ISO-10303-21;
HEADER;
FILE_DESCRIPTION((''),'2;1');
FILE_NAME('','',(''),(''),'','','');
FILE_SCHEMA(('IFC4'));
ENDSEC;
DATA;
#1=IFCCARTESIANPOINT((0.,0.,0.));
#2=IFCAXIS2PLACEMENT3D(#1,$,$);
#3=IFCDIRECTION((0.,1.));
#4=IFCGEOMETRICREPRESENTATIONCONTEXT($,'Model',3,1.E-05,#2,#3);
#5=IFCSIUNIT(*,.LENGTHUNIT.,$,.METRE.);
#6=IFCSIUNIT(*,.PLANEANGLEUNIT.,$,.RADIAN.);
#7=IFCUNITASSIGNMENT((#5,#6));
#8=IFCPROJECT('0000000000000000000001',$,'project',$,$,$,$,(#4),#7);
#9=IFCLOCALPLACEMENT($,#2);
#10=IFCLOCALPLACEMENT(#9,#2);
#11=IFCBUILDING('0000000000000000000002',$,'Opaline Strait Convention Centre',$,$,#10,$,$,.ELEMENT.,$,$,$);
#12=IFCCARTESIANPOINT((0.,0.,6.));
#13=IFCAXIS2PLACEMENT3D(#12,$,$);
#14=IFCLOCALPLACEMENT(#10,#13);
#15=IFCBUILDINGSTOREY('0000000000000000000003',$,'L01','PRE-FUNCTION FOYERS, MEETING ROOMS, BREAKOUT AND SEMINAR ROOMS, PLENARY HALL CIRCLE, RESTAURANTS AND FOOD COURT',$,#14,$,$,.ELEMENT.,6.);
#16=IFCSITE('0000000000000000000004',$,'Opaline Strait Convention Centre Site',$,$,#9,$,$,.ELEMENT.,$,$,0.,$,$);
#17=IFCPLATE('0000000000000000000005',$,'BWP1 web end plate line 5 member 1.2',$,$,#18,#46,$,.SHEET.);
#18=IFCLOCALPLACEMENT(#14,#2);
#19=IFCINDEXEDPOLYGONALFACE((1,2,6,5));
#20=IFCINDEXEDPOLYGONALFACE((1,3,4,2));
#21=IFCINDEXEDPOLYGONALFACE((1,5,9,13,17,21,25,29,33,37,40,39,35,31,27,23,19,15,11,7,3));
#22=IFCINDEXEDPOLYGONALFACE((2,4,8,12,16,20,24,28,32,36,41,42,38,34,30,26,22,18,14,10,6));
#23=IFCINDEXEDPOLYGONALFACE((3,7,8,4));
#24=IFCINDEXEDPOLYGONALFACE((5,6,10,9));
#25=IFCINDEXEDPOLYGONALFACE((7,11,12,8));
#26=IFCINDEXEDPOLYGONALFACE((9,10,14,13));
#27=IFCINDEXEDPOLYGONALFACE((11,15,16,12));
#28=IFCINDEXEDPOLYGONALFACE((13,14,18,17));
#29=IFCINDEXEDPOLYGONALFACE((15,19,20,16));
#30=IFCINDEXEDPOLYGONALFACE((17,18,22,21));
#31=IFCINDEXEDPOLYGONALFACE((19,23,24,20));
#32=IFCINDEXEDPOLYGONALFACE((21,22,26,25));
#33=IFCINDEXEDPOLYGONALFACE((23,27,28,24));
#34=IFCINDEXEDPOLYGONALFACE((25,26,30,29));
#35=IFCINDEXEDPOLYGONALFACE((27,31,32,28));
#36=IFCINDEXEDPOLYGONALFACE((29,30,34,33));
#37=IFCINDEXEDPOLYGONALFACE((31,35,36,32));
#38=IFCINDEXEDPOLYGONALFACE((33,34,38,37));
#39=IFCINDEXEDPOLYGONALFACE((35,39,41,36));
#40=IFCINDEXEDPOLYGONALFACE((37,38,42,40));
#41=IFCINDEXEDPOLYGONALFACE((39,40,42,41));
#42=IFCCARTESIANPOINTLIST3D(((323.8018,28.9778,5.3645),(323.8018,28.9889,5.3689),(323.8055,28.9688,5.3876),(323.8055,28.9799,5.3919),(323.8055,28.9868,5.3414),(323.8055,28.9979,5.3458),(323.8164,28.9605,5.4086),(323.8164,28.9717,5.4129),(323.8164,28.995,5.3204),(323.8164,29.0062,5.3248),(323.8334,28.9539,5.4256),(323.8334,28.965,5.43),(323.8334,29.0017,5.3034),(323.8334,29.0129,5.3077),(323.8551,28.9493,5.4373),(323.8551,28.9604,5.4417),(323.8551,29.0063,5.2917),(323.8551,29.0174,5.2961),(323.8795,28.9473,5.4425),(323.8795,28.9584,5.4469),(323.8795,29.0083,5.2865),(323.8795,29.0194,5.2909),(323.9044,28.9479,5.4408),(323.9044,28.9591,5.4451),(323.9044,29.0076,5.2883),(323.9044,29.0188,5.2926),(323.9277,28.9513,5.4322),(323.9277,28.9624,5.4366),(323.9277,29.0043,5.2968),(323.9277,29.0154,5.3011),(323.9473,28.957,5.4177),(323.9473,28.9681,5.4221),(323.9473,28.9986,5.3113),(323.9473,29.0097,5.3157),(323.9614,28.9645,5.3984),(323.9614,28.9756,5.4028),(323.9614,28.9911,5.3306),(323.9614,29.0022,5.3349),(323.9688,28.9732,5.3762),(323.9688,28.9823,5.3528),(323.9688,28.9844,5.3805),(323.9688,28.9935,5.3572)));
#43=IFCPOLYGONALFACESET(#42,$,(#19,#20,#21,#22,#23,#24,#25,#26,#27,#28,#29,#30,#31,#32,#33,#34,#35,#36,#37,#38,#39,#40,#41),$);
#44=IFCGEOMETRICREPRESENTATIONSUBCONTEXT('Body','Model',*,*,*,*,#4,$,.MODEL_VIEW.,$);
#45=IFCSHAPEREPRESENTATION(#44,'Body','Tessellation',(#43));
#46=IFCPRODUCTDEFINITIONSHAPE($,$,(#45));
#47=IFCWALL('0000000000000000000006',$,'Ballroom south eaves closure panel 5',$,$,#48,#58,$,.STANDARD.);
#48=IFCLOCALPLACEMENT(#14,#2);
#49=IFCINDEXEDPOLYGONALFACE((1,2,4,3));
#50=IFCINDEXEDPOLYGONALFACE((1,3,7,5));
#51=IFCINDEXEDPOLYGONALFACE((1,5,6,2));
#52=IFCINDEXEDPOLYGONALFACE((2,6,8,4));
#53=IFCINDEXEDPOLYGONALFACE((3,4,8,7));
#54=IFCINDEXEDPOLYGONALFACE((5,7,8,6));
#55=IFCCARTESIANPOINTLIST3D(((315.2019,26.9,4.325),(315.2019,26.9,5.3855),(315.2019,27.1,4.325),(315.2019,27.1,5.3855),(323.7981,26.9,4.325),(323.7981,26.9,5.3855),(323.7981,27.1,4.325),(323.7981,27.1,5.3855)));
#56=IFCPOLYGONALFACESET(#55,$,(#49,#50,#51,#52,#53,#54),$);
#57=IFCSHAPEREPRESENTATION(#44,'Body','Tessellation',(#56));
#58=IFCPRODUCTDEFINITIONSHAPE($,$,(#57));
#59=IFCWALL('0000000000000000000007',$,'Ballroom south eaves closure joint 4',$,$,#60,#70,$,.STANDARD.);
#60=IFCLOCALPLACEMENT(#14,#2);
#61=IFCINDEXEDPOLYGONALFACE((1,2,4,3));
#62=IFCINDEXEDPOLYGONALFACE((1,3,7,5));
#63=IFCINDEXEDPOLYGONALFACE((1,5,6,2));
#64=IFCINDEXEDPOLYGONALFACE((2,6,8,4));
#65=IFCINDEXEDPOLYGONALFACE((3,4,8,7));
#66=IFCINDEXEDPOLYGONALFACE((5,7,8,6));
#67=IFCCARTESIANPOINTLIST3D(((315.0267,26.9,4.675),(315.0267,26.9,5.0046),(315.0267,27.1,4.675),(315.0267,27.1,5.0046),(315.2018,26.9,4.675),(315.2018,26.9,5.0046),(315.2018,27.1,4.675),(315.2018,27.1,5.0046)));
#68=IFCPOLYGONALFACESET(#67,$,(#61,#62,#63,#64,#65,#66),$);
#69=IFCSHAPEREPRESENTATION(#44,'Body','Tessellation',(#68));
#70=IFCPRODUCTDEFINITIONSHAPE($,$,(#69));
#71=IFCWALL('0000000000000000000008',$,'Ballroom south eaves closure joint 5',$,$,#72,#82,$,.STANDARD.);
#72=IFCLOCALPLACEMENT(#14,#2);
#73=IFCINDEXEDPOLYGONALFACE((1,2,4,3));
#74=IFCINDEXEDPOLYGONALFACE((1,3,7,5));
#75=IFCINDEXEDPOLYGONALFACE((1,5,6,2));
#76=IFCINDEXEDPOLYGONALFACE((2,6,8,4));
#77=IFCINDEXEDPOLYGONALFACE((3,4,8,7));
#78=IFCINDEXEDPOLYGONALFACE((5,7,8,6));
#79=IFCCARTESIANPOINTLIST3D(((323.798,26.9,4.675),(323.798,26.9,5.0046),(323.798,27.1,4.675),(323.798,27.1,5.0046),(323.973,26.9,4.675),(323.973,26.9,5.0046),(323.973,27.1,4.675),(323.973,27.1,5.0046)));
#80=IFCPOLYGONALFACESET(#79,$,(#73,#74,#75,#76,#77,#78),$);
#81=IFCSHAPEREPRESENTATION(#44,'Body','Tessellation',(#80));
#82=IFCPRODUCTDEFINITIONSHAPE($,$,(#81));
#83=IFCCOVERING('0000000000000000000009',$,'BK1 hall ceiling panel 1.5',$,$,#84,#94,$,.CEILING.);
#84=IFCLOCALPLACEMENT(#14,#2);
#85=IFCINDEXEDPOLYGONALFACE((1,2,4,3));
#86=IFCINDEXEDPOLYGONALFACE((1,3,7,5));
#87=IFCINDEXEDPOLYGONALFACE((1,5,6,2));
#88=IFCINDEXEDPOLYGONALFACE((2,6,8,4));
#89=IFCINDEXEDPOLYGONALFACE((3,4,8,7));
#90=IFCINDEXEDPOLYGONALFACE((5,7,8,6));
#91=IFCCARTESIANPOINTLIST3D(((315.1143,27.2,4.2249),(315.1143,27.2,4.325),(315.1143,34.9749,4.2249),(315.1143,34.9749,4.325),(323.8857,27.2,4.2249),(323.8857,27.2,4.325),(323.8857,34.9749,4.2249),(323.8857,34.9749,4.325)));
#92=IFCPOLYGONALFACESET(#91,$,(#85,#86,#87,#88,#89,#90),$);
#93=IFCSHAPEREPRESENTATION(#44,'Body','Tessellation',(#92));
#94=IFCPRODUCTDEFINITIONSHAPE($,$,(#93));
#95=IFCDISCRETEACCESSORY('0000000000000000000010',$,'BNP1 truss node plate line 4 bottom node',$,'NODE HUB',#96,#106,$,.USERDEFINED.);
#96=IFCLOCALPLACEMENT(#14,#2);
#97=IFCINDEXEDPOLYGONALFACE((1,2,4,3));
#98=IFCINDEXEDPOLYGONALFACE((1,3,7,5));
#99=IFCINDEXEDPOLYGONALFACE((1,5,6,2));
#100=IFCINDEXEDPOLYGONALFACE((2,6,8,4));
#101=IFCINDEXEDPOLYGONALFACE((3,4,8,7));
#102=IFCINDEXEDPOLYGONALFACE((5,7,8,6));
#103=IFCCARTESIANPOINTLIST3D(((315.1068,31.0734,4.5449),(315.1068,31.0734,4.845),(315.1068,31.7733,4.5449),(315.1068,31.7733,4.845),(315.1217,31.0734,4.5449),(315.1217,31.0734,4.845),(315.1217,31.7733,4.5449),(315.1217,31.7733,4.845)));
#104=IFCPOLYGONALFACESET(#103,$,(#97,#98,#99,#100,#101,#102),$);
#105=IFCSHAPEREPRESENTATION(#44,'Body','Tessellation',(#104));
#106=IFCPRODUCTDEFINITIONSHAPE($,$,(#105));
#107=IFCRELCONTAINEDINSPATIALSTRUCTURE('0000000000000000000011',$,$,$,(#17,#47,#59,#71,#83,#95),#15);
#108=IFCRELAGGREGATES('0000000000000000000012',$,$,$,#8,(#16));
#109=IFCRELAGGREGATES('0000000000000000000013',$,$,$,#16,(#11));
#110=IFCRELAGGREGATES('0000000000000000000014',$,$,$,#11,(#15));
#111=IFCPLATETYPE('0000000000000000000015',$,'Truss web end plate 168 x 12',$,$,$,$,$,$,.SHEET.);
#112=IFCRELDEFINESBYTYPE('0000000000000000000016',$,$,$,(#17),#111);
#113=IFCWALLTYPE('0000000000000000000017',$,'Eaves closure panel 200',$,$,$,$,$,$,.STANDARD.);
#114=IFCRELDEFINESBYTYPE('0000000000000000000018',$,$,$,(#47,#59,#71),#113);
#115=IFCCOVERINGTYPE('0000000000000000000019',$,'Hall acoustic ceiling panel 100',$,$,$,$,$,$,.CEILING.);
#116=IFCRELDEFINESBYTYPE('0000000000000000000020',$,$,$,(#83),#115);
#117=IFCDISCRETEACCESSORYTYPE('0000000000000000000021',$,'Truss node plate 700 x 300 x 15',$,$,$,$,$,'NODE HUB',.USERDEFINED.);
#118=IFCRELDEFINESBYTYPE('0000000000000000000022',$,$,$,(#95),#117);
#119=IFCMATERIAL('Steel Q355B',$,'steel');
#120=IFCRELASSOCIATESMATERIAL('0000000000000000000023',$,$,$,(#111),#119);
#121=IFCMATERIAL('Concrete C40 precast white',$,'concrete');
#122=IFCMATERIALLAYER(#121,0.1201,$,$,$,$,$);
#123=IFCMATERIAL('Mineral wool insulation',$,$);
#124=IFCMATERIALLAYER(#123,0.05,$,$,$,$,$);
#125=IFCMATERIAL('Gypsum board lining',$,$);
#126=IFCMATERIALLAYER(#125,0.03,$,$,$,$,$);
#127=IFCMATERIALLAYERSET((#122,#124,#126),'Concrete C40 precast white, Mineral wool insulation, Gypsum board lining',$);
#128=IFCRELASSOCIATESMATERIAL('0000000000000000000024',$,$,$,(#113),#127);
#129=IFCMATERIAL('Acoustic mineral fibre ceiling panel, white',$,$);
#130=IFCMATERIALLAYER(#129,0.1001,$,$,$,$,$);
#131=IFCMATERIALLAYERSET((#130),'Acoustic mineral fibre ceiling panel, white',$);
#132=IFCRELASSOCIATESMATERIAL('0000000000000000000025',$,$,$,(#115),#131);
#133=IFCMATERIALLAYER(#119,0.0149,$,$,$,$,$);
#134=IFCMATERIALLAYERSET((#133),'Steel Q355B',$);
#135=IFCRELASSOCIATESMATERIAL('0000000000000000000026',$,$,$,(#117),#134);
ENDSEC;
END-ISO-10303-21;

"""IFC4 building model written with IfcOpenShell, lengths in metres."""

from ifc_helpers import new_model, si_unit, direction, frame, frame_2d, origin, origin_2d, place, context, subcontext, project, spatial, rectangle, circle, extrude, material, layer, layer_set, material_profile, profile_set, type_object, element, save


model = new_model("IFC4")

# Units and contexts
model_context = context("Model", 3, precision=1e-05, world=origin(), true_north=direction((0.0, 1.0)))
body_context = subcontext(model_context, "Body", "Model", "MODEL_VIEW")
ifc_project = project(units=[si_unit("LENGTHUNIT", "METRE"), si_unit("PLANEANGLEUNIT", "RADIAN")], contexts=[model_context])

# Site, building, storey
site_placement = place(None, origin())
site = spatial("IfcSite", under=ifc_project, at=site_placement, Name="Opaline Strait Convention Centre Site", CompositionType="ELEMENT", RefElevation=0.0)
building_placement = place(site_placement, origin())
building = spatial("IfcBuilding", under=site, at=building_placement, Name="Opaline Strait Convention Centre", CompositionType="ELEMENT")
storey_placement = place(building_placement, frame((0.0, 0.0, 6.0)))
storey = spatial("IfcBuildingStorey", under=building, at=storey_placement, Name="L01", Description="PRE-FUNCTION FOYERS, MEETING ROOMS, BREAKOUT AND SEMINAR ROOMS, PLENARY HALL CIRCLE, RESTAURANTS AND FOOD COURT", CompositionType="ELEMENT", Elevation=6.0)

# Shared definitions
ifc_material_1 = material(Name="Steel Q355B", Category="steel")

# Plate
ifc_material_profile_1 = material_profile(ifc_material_1, circle(Radius=0.084, at=origin_2d()), Name="D168")
ifc_profile_set_1 = profile_set([ifc_material_profile_1], Name="Steel Q355B")
plate_type = type_object("IfcPlateType", Name="Truss web end plate 168 x 12", PredefinedType="SHEET", material=ifc_profile_set_1)
for number, where, z_axis, x_axis, name in (
    (1, (323.8857, 28.9778, 5.3645), (0.0, 0.931243, 0.364399), (-1.0, 0.0, 0.0), "BWP1 web end plate line 5 member 1.2"),
):
    element("IfcPlate", number, at=place(storey_placement, frame(where, z_axis=z_axis, x_axis=x_axis)), inside=storey, type_object=plate_type, Name=name, PredefinedType="SHEET", context=body_context, shape_type="SweptSolid", body=[
        extrude(circle(Radius=0.084, at=origin_2d()), origin(), (0.0, 0.0, 1.0), 0.012),
    ])

# Walls
ifc_material_2 = material(Name="Concrete C40 precast white", Category="concrete")
ifc_layer_1 = layer(ifc_material_2, 0.1201)
ifc_material_3 = material(Name="Mineral wool insulation")
ifc_layer_2 = layer(ifc_material_3, 0.05)
ifc_material_4 = material(Name="Gypsum board lining")
ifc_layer_3 = layer(ifc_material_4, 0.03)
ifc_layer_set_1 = layer_set([ifc_layer_1, ifc_layer_2, ifc_layer_3], Name="Concrete C40 precast white, Mineral wool insulation, Gypsum board lining")
wall_type = type_object("IfcWallType", Name="Eaves closure panel 200", PredefinedType="STANDARD", material=ifc_layer_set_1)
wall_placement = place(storey_placement, frame((315.2019, 27.0, 4.325), z_axis=(0.0, 0.0, 1.0), x_axis=(1.0, 0.0, 0.0)))
element("IfcWall", 2, at=wall_placement, inside=storey, type_object=wall_type, Name="Ballroom south eaves closure panel 5", PredefinedType="STANDARD", context=body_context, shape_type="SweptSolid", body=[
    extrude(rectangle(XDim=8.5962, YDim=0.2, at=frame_2d((4.2981, 0.0))), origin(), (0.0, 0.0, 1.0), 1.0605),
])
for number, where, z_axis, x_axis, name in (
    (3, (315.0269, 27.0, 4.675), (0.0, 0.0, 1.0), (1.0, 0.0, 0.0), "Ballroom south eaves closure joint 4"),
    (4, (323.7981, 27.0, 4.675), (0.0, 0.0, 1.0), (1.0, 0.0, 0.0), "Ballroom south eaves closure joint 5"),
):
    element("IfcWall", number, at=place(storey_placement, frame(where, z_axis=z_axis, x_axis=x_axis)), inside=storey, type_object=wall_type, Name=name, PredefinedType="STANDARD", context=body_context, shape_type="SweptSolid", body=[
        extrude(rectangle(XDim=0.175, YDim=0.2, at=frame_2d((0.0874, 0.0))), origin(), (0.0, 0.0, 1.0), 0.3296),
    ])

# Covering
ifc_material_5 = material(Name="Acoustic mineral fibre ceiling panel, white")
ifc_layer_4 = layer(ifc_material_5, 0.1001)
ifc_layer_set_2 = layer_set([ifc_layer_4], Name="Acoustic mineral fibre ceiling panel, white")
covering_type = type_object("IfcCoveringType", Name="Hall acoustic ceiling panel 100", PredefinedType="CEILING", material=ifc_layer_set_2)
covering_placement = place(storey_placement, frame((319.5, 31.0874, 4.2249), z_axis=(0.0, 0.0, 1.0), x_axis=(1.0, 0.0, 0.0)))
element("IfcCovering", 5, at=covering_placement, inside=storey, type_object=covering_type, Name="BK1 hall ceiling panel 1.5", PredefinedType="CEILING", context=body_context, shape_type="SweptSolid", body=[
    extrude(rectangle(XDim=8.7715, YDim=7.7749, at=origin_2d()), origin(), (0.0, 0.0, 1.0), 0.1001),
])

# Discrete accessory
ifc_layer_5 = layer(ifc_material_1, 0.0149)
ifc_layer_set_3 = layer_set([ifc_layer_5], Name="Steel Q355B")
discrete_accessory_type = type_object("IfcDiscreteAccessoryType", Name="Truss node plate 700 x 300 x 15", ElementType="NODE HUB", PredefinedType="USERDEFINED", material=ifc_layer_set_3)
discrete_accessory_placement = place(storey_placement, frame((315.1143, 31.4233, 4.5449), z_axis=(0.0, 0.0, 1.0), x_axis=(1.0, 0.0, 0.0)))
element("IfcDiscreteAccessory", 6, at=discrete_accessory_placement, inside=storey, type_object=discrete_accessory_type, Name="BNP1 truss node plate line 4 bottom node", ObjectType="NODE HUB", PredefinedType="USERDEFINED", context=body_context, shape_type="SweptSolid", body=[
    extrude(rectangle(XDim=0.0149, YDim=0.7, at=origin_2d()), origin(), (0.0, 0.0, 1.0), 0.3),
])

save(model, "model.ifc")
